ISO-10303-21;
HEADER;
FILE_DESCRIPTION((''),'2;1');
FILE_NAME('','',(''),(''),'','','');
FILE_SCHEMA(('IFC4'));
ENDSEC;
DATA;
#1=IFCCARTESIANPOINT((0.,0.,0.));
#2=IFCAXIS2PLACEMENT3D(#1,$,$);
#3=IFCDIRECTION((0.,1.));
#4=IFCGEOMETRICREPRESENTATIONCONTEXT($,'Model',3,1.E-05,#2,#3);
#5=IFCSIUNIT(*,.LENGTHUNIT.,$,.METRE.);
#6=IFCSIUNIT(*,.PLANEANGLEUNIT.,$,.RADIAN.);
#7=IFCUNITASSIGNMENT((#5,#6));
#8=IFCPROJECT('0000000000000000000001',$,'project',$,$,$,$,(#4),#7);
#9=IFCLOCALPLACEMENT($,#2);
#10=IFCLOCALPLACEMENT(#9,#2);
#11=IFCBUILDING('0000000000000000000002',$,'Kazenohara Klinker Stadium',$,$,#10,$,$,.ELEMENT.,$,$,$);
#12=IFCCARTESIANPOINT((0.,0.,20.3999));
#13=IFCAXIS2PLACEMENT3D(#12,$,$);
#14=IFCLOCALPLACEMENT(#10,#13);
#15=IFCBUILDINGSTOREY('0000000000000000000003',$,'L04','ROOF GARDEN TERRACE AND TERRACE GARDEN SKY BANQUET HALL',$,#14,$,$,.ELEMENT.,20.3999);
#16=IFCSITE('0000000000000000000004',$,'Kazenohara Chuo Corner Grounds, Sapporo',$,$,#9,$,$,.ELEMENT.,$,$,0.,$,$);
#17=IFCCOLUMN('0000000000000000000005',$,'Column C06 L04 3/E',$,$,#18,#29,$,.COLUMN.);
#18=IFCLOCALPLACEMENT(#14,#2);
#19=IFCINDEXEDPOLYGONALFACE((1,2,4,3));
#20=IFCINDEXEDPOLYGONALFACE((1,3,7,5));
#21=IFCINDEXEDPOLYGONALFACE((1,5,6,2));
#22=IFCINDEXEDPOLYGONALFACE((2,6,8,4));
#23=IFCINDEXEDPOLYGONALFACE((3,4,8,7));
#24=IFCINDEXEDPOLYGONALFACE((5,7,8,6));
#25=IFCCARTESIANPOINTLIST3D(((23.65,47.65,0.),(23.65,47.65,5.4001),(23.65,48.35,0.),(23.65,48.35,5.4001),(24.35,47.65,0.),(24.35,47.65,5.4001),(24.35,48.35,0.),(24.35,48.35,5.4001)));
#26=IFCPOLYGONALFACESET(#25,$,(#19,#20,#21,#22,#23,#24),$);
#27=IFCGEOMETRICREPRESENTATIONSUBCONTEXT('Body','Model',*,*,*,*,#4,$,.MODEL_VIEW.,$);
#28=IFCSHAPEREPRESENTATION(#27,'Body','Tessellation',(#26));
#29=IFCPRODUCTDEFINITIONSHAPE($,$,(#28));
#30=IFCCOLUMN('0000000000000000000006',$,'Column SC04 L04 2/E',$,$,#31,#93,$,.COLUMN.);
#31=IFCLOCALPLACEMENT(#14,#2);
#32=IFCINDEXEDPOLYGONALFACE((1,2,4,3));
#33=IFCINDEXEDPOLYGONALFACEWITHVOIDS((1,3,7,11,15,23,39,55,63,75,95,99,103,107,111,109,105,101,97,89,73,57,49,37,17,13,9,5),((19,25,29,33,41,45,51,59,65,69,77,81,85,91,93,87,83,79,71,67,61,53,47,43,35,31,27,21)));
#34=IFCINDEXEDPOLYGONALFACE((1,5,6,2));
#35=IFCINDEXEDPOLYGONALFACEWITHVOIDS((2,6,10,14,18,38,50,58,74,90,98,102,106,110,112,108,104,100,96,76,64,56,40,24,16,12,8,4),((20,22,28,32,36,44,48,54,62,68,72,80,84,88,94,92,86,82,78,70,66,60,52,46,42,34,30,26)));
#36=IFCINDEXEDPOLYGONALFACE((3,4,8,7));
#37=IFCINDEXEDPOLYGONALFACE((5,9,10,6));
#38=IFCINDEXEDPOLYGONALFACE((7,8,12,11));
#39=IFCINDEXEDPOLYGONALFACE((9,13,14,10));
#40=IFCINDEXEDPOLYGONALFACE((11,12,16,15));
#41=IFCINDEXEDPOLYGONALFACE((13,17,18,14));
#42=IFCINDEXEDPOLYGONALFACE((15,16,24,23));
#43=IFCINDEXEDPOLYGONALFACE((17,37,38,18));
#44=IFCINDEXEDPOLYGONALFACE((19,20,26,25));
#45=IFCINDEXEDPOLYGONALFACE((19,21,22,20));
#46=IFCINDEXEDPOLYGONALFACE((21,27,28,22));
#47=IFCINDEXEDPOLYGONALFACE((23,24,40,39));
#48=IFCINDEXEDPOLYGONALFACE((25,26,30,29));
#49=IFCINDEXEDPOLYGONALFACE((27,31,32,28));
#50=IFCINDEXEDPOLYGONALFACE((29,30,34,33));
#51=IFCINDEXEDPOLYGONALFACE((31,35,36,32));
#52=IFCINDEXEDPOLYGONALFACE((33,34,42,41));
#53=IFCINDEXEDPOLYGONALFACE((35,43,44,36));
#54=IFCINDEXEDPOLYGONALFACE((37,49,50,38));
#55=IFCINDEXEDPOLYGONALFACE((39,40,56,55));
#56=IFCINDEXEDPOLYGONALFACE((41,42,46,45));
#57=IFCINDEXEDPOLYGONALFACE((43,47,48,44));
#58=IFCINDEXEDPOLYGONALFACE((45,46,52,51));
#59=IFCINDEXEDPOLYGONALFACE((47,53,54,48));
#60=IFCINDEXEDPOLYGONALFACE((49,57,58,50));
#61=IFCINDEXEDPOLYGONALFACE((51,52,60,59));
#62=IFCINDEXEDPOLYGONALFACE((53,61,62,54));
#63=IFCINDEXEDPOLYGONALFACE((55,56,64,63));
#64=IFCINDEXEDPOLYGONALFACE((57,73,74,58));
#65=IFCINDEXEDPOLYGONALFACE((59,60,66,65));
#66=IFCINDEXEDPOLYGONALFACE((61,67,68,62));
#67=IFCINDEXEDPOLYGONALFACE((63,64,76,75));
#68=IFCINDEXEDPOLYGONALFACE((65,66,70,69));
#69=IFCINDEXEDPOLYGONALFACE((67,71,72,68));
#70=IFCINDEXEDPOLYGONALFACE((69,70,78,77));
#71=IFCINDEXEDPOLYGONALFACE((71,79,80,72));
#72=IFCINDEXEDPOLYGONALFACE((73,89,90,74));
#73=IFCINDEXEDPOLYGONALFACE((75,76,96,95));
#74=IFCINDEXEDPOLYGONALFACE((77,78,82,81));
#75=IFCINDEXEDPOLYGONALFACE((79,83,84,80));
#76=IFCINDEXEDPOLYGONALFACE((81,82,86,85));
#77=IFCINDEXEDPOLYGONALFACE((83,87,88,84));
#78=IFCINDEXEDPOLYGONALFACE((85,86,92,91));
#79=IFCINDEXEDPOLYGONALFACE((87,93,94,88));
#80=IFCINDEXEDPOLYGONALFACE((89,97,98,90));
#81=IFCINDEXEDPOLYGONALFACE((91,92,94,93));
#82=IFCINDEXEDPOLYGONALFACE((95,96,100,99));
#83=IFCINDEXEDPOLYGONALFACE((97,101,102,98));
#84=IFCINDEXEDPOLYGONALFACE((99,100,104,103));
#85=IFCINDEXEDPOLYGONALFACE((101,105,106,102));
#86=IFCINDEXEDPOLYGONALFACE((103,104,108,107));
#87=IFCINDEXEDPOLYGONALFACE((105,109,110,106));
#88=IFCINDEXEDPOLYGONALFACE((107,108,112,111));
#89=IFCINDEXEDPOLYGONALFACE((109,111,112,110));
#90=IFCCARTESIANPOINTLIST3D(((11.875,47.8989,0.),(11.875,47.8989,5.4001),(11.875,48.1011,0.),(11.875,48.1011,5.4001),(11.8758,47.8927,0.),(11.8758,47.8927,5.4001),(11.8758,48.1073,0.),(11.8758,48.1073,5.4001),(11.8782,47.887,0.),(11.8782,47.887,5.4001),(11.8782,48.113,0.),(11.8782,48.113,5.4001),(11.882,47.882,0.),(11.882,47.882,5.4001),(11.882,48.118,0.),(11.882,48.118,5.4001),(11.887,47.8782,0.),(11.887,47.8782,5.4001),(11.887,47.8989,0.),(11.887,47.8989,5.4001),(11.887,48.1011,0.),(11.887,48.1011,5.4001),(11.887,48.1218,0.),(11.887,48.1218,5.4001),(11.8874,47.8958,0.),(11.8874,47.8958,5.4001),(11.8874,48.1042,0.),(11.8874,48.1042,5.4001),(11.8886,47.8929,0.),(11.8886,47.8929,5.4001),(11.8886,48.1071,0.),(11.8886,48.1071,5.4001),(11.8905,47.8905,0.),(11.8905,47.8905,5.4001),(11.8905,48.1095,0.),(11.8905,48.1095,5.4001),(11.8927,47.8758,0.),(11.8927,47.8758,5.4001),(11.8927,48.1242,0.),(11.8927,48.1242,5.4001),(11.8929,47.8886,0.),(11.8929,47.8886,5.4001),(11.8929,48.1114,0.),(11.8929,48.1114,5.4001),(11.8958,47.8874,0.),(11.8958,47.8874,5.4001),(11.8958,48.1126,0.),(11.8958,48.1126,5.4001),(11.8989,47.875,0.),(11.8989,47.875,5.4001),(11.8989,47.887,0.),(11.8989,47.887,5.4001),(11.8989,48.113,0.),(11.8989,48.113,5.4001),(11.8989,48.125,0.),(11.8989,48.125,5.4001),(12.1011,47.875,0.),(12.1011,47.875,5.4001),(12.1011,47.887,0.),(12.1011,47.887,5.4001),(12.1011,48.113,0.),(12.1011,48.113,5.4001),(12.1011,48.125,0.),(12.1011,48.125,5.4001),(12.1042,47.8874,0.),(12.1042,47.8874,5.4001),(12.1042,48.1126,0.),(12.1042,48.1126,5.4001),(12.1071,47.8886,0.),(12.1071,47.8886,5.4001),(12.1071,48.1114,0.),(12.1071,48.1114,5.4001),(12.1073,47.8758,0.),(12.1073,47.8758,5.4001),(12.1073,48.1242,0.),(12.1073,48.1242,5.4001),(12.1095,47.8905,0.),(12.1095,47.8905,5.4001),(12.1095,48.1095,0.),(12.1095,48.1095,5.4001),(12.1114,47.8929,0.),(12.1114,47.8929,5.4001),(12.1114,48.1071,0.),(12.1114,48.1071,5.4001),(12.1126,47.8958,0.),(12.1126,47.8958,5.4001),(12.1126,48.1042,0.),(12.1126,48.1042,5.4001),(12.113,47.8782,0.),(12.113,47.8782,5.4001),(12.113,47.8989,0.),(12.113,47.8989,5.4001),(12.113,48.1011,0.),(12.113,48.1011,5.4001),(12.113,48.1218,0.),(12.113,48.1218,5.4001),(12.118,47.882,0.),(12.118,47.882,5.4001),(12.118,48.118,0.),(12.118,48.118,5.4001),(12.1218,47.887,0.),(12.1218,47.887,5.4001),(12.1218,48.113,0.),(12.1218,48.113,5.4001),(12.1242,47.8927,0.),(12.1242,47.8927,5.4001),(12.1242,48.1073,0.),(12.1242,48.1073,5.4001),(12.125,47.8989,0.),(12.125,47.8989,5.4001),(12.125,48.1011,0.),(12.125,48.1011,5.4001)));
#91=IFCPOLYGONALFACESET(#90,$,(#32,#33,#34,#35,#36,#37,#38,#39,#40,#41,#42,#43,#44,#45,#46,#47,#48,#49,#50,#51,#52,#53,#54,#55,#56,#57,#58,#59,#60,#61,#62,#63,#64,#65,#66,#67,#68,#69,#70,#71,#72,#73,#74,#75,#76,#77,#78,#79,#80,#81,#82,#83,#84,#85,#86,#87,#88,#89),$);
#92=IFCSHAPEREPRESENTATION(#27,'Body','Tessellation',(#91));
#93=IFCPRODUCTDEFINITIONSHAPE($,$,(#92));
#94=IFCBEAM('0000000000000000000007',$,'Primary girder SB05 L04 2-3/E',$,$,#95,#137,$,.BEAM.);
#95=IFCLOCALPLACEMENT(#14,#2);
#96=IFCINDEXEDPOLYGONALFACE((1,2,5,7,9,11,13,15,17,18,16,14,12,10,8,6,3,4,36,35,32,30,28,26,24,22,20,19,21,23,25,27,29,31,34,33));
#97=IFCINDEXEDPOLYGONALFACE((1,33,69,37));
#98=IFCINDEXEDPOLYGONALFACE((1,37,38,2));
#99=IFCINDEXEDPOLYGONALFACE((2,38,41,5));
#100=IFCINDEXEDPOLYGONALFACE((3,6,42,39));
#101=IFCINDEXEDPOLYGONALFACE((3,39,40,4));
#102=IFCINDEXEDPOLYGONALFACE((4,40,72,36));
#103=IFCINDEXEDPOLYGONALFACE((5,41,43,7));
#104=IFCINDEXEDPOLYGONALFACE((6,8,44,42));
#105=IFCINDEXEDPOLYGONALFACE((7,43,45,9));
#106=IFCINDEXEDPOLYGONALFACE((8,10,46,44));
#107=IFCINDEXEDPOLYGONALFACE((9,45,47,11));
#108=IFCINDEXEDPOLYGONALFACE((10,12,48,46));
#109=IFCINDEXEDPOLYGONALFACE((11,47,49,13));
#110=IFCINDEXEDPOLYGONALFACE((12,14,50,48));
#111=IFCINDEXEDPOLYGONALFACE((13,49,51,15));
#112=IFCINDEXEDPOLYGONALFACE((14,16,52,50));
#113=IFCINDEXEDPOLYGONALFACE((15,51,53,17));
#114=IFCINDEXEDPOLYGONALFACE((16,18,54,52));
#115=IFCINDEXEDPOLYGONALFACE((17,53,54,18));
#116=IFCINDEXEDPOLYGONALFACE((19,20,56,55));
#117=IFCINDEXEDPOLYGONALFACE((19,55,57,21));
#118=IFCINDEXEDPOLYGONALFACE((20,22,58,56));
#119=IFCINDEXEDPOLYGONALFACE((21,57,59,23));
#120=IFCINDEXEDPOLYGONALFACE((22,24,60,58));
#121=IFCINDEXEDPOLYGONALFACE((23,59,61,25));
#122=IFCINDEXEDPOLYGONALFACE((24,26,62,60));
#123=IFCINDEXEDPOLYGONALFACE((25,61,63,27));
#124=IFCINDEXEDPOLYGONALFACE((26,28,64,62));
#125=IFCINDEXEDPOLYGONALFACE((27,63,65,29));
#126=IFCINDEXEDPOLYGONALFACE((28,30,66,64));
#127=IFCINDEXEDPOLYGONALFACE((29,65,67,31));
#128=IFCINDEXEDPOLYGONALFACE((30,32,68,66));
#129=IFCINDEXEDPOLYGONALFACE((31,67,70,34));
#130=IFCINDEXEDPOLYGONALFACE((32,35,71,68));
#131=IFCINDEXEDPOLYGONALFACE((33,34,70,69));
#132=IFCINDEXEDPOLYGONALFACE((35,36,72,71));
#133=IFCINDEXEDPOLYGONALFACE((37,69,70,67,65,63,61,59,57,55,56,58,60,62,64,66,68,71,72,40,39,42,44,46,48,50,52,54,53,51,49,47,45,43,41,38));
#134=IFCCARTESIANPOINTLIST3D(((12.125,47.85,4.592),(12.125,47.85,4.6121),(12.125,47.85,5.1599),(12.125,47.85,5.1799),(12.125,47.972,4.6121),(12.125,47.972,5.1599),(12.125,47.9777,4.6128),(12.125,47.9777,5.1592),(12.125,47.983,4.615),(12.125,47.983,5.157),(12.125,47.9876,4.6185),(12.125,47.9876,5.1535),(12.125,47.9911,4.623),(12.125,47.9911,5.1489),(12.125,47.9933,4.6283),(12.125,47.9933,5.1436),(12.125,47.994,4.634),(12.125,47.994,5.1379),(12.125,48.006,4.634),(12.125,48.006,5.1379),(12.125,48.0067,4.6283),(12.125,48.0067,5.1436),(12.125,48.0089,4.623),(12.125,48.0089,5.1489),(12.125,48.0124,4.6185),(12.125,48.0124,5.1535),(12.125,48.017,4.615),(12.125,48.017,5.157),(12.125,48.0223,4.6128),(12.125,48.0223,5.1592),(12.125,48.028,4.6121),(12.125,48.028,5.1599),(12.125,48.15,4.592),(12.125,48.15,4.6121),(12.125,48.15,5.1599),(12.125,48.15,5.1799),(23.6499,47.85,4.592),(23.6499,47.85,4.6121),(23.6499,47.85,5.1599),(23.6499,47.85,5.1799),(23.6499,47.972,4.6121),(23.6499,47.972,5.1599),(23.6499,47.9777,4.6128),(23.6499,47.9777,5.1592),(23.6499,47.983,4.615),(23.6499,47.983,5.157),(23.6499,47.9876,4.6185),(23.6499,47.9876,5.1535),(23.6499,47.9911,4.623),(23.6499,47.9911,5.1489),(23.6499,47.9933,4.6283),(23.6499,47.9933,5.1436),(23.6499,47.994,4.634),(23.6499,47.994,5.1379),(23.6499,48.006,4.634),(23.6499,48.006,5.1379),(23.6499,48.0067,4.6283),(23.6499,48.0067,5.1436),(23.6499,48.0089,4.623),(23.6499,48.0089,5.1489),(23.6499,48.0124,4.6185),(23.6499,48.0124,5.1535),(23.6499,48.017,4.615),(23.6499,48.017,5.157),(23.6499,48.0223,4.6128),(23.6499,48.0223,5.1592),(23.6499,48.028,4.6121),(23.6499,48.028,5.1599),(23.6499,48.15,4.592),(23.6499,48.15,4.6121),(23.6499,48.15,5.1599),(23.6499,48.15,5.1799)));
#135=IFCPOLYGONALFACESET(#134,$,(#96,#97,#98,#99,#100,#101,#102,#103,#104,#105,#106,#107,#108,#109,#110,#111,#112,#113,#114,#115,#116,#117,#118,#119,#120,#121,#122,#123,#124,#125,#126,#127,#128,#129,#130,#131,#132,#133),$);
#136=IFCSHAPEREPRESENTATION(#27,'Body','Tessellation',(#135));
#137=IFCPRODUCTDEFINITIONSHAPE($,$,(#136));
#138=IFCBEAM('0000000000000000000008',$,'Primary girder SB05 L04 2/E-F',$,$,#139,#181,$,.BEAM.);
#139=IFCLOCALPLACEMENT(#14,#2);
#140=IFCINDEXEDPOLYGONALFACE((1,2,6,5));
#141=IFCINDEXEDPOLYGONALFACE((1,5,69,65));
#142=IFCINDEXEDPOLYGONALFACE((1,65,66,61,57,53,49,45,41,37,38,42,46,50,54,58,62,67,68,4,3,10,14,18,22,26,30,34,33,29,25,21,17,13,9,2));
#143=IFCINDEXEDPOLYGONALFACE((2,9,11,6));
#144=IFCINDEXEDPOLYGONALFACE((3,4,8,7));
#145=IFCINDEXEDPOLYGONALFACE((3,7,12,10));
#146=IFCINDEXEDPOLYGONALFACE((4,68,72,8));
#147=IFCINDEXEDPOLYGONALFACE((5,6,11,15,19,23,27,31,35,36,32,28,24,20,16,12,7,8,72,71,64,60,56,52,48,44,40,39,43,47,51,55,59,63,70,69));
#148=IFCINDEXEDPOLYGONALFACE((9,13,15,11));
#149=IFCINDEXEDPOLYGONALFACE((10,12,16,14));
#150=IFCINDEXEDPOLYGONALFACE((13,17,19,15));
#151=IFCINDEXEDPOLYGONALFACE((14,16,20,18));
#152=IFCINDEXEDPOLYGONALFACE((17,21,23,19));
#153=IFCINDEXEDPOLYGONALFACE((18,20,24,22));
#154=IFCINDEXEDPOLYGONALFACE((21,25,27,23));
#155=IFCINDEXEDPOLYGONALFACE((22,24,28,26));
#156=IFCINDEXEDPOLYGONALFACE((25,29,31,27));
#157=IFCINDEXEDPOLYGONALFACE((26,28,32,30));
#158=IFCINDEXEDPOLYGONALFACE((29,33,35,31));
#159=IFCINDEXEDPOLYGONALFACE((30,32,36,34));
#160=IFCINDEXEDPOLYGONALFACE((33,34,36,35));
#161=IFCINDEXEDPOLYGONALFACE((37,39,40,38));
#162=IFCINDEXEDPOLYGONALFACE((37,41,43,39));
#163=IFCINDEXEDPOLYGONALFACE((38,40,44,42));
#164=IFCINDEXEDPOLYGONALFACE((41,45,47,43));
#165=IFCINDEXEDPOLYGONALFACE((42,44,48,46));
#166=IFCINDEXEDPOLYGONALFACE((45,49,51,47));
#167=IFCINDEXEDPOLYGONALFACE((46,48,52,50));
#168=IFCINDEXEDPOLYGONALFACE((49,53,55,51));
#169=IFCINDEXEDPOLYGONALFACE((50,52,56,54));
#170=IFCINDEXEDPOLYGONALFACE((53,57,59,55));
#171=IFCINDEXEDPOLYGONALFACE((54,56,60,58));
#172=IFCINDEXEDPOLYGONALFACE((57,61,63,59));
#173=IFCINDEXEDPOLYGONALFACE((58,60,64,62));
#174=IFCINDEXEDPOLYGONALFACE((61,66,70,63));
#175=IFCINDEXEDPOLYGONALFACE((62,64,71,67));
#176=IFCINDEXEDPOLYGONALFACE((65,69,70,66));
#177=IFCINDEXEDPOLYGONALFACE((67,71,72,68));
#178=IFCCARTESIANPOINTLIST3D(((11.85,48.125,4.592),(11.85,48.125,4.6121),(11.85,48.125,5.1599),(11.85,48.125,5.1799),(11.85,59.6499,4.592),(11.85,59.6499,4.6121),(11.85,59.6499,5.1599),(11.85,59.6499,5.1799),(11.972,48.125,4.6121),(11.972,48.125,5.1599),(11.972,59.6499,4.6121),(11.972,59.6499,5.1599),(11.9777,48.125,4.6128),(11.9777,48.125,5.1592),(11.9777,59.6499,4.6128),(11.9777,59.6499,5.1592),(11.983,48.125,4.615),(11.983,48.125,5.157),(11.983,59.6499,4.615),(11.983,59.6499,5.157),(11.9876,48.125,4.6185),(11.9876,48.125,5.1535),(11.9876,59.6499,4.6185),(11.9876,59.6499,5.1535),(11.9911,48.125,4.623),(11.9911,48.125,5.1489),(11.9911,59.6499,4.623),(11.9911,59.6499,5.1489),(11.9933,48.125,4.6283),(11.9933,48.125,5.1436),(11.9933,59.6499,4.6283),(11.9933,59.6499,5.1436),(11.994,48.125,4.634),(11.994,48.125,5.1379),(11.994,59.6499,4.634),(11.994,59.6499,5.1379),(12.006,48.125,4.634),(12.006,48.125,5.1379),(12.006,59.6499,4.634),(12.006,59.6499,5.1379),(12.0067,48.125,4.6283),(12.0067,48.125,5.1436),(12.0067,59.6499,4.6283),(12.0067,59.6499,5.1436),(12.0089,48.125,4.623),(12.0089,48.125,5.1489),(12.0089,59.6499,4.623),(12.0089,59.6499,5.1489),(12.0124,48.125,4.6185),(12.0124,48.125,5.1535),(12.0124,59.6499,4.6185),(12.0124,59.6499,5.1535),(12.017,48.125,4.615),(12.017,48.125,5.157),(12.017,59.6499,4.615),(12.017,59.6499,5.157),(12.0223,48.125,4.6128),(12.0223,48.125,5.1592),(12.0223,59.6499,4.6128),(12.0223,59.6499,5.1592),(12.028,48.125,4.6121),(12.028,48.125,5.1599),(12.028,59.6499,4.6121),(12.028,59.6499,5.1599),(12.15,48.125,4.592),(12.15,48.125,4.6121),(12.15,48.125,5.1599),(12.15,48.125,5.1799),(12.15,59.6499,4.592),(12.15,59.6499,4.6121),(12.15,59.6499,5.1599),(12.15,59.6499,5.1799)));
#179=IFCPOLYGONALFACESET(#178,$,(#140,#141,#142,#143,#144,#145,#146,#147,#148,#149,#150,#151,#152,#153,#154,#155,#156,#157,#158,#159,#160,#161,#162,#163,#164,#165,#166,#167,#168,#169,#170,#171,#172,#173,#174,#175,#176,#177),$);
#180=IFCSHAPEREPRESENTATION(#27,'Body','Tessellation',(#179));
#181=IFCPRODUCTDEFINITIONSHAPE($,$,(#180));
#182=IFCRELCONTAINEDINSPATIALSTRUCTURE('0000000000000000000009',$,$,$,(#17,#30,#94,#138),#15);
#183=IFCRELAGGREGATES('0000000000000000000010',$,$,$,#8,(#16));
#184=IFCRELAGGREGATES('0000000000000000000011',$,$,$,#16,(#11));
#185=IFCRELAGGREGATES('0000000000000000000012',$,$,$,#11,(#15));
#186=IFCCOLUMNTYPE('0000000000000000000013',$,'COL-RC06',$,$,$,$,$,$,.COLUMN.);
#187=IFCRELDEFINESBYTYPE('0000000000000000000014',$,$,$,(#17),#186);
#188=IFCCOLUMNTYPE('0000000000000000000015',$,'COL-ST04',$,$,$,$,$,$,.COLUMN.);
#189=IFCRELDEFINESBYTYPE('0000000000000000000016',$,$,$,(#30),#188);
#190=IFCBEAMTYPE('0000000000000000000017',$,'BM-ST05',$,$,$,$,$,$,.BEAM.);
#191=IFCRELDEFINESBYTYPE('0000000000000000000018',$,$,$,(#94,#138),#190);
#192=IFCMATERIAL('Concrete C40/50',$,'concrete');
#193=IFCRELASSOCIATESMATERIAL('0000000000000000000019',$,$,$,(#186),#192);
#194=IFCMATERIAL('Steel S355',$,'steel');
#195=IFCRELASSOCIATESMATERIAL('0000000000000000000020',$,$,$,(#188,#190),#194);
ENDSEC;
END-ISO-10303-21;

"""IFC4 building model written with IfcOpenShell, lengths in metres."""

from ifc_helpers import new_model, si_unit, direction, frame, origin, origin_2d, place, context, subcontext, project, spatial, rectangle, hollow_rectangle, i_section, extrude, material, material_profile, profile_set, type_object, element, save


model = new_model("IFC4")

# Units and contexts
model_context = context("Model", 3, precision=1e-05, world=origin(), true_north=direction((0.0, 1.0)))
body_context = subcontext(model_context, "Body", "Model", "MODEL_VIEW")
ifc_project = project(units=[si_unit("LENGTHUNIT", "METRE"), si_unit("PLANEANGLEUNIT", "RADIAN")], contexts=[model_context])

# Site, building, storey
site_placement = place(None, origin())
site = spatial("IfcSite", under=ifc_project, at=site_placement, Name="Kazenohara Chuo Corner Grounds, Sapporo", CompositionType="ELEMENT", RefElevation=0.0)
building_placement = place(site_placement, origin())
building = spatial("IfcBuilding", under=site, at=building_placement, Name="Kazenohara Klinker Stadium", CompositionType="ELEMENT")
storey_placement = place(building_placement, frame((0.0, 0.0, 20.3999)))
storey = spatial("IfcBuildingStorey", under=building, at=storey_placement, Name="L04", Description="ROOF GARDEN TERRACE AND TERRACE GARDEN SKY BANQUET HALL", CompositionType="ELEMENT", Elevation=20.3999)

# Columns
ifc_material_1 = material(Name="Concrete C40/50", Category="concrete")
ifc_material_profile_1 = material_profile(ifc_material_1, rectangle(XDim=0.7, YDim=0.7, at=origin_2d()), Name="RC-COL-700x700")
ifc_profile_set_1 = profile_set([ifc_material_profile_1], Name="Concrete C40/50")
column_type_1 = type_object("IfcColumnType", Name="COL-RC06", PredefinedType="COLUMN", material=ifc_profile_set_1)
column_1_placement = place(storey_placement, frame((24.0, 48.0, 0.0), z_axis=(0.0, 0.0, 1.0), x_axis=(1.0, 0.0, 0.0)))
element("IfcColumn", 1, at=column_1_placement, inside=storey, type_object=column_type_1, Name="Column C06 L04 3/E", PredefinedType="COLUMN", context=body_context, shape_type="SweptSolid", body=[
    extrude(rectangle(XDim=0.7, YDim=0.7, at=origin_2d()), origin(), (0.0, 0.0, 1.0), 5.4001),
])
ifc_material_2 = material(Name="Steel S355", Category="steel")
ifc_material_profile_2 = material_profile(ifc_material_2, hollow_rectangle(XDim=0.25, YDim=0.25, WallThickness=0.012, InnerFilletRadius=0.012, OuterFilletRadius=0.0239, at=origin_2d()), Name="SHS-250x250x12")
ifc_profile_set_2 = profile_set([ifc_material_profile_2], Name="Steel S355")
column_type_2 = type_object("IfcColumnType", Name="COL-ST04", PredefinedType="COLUMN", material=ifc_profile_set_2)
column_2_placement = place(storey_placement, frame((12.0, 48.0, 0.0), z_axis=(0.0, 0.0, 1.0), x_axis=(1.0, 0.0, 0.0)))
element("IfcColumn", 2, at=column_2_placement, inside=storey, type_object=column_type_2, Name="Column SC04 L04 2/E", PredefinedType="COLUMN", context=body_context, shape_type="SweptSolid", body=[
    extrude(hollow_rectangle(XDim=0.25, YDim=0.25, WallThickness=0.012, InnerFilletRadius=0.012, OuterFilletRadius=0.0239, at=origin_2d()), origin(), (0.0, 0.0, 1.0), 5.4001),
])

# Beams
ifc_material_profile_3 = material_profile(ifc_material_2, i_section(OverallWidth=0.3, OverallDepth=0.5879, WebThickness=0.012, FlangeThickness=0.02, FilletRadius=0.022, at=origin_2d()), Name="H-588x300x12x20")
ifc_profile_set_3 = profile_set([ifc_material_profile_3], Name="Steel S355")
beam_type = type_object("IfcBeamType", Name="BM-ST05", PredefinedType="BEAM", material=ifc_profile_set_3)
for number, where, z_axis, x_axis, name in (
    (3, (12.125, 48.0, 4.886), (1.0, 0.0, 0.0), (0.0, 1.0, 0.0), "Primary girder SB05 L04 2-3/E"),
    (4, (12.0, 48.125, 4.886), (0.0, 1.0, 0.0), (-1.0, 0.0, 0.0), "Primary girder SB05 L04 2/E-F"),
):
    element("IfcBeam", number, at=place(storey_placement, frame(where, z_axis=z_axis, x_axis=x_axis)), inside=storey, type_object=beam_type, Name=name, PredefinedType="BEAM", context=body_context, shape_type="SweptSolid", body=[
        extrude(i_section(OverallWidth=0.3, OverallDepth=0.5879, WebThickness=0.012, FlangeThickness=0.02, FilletRadius=0.022, at=origin_2d()), origin(), (0.0, 0.0, 1.0), 11.5249),
    ])

save(model, "model.ifc")
